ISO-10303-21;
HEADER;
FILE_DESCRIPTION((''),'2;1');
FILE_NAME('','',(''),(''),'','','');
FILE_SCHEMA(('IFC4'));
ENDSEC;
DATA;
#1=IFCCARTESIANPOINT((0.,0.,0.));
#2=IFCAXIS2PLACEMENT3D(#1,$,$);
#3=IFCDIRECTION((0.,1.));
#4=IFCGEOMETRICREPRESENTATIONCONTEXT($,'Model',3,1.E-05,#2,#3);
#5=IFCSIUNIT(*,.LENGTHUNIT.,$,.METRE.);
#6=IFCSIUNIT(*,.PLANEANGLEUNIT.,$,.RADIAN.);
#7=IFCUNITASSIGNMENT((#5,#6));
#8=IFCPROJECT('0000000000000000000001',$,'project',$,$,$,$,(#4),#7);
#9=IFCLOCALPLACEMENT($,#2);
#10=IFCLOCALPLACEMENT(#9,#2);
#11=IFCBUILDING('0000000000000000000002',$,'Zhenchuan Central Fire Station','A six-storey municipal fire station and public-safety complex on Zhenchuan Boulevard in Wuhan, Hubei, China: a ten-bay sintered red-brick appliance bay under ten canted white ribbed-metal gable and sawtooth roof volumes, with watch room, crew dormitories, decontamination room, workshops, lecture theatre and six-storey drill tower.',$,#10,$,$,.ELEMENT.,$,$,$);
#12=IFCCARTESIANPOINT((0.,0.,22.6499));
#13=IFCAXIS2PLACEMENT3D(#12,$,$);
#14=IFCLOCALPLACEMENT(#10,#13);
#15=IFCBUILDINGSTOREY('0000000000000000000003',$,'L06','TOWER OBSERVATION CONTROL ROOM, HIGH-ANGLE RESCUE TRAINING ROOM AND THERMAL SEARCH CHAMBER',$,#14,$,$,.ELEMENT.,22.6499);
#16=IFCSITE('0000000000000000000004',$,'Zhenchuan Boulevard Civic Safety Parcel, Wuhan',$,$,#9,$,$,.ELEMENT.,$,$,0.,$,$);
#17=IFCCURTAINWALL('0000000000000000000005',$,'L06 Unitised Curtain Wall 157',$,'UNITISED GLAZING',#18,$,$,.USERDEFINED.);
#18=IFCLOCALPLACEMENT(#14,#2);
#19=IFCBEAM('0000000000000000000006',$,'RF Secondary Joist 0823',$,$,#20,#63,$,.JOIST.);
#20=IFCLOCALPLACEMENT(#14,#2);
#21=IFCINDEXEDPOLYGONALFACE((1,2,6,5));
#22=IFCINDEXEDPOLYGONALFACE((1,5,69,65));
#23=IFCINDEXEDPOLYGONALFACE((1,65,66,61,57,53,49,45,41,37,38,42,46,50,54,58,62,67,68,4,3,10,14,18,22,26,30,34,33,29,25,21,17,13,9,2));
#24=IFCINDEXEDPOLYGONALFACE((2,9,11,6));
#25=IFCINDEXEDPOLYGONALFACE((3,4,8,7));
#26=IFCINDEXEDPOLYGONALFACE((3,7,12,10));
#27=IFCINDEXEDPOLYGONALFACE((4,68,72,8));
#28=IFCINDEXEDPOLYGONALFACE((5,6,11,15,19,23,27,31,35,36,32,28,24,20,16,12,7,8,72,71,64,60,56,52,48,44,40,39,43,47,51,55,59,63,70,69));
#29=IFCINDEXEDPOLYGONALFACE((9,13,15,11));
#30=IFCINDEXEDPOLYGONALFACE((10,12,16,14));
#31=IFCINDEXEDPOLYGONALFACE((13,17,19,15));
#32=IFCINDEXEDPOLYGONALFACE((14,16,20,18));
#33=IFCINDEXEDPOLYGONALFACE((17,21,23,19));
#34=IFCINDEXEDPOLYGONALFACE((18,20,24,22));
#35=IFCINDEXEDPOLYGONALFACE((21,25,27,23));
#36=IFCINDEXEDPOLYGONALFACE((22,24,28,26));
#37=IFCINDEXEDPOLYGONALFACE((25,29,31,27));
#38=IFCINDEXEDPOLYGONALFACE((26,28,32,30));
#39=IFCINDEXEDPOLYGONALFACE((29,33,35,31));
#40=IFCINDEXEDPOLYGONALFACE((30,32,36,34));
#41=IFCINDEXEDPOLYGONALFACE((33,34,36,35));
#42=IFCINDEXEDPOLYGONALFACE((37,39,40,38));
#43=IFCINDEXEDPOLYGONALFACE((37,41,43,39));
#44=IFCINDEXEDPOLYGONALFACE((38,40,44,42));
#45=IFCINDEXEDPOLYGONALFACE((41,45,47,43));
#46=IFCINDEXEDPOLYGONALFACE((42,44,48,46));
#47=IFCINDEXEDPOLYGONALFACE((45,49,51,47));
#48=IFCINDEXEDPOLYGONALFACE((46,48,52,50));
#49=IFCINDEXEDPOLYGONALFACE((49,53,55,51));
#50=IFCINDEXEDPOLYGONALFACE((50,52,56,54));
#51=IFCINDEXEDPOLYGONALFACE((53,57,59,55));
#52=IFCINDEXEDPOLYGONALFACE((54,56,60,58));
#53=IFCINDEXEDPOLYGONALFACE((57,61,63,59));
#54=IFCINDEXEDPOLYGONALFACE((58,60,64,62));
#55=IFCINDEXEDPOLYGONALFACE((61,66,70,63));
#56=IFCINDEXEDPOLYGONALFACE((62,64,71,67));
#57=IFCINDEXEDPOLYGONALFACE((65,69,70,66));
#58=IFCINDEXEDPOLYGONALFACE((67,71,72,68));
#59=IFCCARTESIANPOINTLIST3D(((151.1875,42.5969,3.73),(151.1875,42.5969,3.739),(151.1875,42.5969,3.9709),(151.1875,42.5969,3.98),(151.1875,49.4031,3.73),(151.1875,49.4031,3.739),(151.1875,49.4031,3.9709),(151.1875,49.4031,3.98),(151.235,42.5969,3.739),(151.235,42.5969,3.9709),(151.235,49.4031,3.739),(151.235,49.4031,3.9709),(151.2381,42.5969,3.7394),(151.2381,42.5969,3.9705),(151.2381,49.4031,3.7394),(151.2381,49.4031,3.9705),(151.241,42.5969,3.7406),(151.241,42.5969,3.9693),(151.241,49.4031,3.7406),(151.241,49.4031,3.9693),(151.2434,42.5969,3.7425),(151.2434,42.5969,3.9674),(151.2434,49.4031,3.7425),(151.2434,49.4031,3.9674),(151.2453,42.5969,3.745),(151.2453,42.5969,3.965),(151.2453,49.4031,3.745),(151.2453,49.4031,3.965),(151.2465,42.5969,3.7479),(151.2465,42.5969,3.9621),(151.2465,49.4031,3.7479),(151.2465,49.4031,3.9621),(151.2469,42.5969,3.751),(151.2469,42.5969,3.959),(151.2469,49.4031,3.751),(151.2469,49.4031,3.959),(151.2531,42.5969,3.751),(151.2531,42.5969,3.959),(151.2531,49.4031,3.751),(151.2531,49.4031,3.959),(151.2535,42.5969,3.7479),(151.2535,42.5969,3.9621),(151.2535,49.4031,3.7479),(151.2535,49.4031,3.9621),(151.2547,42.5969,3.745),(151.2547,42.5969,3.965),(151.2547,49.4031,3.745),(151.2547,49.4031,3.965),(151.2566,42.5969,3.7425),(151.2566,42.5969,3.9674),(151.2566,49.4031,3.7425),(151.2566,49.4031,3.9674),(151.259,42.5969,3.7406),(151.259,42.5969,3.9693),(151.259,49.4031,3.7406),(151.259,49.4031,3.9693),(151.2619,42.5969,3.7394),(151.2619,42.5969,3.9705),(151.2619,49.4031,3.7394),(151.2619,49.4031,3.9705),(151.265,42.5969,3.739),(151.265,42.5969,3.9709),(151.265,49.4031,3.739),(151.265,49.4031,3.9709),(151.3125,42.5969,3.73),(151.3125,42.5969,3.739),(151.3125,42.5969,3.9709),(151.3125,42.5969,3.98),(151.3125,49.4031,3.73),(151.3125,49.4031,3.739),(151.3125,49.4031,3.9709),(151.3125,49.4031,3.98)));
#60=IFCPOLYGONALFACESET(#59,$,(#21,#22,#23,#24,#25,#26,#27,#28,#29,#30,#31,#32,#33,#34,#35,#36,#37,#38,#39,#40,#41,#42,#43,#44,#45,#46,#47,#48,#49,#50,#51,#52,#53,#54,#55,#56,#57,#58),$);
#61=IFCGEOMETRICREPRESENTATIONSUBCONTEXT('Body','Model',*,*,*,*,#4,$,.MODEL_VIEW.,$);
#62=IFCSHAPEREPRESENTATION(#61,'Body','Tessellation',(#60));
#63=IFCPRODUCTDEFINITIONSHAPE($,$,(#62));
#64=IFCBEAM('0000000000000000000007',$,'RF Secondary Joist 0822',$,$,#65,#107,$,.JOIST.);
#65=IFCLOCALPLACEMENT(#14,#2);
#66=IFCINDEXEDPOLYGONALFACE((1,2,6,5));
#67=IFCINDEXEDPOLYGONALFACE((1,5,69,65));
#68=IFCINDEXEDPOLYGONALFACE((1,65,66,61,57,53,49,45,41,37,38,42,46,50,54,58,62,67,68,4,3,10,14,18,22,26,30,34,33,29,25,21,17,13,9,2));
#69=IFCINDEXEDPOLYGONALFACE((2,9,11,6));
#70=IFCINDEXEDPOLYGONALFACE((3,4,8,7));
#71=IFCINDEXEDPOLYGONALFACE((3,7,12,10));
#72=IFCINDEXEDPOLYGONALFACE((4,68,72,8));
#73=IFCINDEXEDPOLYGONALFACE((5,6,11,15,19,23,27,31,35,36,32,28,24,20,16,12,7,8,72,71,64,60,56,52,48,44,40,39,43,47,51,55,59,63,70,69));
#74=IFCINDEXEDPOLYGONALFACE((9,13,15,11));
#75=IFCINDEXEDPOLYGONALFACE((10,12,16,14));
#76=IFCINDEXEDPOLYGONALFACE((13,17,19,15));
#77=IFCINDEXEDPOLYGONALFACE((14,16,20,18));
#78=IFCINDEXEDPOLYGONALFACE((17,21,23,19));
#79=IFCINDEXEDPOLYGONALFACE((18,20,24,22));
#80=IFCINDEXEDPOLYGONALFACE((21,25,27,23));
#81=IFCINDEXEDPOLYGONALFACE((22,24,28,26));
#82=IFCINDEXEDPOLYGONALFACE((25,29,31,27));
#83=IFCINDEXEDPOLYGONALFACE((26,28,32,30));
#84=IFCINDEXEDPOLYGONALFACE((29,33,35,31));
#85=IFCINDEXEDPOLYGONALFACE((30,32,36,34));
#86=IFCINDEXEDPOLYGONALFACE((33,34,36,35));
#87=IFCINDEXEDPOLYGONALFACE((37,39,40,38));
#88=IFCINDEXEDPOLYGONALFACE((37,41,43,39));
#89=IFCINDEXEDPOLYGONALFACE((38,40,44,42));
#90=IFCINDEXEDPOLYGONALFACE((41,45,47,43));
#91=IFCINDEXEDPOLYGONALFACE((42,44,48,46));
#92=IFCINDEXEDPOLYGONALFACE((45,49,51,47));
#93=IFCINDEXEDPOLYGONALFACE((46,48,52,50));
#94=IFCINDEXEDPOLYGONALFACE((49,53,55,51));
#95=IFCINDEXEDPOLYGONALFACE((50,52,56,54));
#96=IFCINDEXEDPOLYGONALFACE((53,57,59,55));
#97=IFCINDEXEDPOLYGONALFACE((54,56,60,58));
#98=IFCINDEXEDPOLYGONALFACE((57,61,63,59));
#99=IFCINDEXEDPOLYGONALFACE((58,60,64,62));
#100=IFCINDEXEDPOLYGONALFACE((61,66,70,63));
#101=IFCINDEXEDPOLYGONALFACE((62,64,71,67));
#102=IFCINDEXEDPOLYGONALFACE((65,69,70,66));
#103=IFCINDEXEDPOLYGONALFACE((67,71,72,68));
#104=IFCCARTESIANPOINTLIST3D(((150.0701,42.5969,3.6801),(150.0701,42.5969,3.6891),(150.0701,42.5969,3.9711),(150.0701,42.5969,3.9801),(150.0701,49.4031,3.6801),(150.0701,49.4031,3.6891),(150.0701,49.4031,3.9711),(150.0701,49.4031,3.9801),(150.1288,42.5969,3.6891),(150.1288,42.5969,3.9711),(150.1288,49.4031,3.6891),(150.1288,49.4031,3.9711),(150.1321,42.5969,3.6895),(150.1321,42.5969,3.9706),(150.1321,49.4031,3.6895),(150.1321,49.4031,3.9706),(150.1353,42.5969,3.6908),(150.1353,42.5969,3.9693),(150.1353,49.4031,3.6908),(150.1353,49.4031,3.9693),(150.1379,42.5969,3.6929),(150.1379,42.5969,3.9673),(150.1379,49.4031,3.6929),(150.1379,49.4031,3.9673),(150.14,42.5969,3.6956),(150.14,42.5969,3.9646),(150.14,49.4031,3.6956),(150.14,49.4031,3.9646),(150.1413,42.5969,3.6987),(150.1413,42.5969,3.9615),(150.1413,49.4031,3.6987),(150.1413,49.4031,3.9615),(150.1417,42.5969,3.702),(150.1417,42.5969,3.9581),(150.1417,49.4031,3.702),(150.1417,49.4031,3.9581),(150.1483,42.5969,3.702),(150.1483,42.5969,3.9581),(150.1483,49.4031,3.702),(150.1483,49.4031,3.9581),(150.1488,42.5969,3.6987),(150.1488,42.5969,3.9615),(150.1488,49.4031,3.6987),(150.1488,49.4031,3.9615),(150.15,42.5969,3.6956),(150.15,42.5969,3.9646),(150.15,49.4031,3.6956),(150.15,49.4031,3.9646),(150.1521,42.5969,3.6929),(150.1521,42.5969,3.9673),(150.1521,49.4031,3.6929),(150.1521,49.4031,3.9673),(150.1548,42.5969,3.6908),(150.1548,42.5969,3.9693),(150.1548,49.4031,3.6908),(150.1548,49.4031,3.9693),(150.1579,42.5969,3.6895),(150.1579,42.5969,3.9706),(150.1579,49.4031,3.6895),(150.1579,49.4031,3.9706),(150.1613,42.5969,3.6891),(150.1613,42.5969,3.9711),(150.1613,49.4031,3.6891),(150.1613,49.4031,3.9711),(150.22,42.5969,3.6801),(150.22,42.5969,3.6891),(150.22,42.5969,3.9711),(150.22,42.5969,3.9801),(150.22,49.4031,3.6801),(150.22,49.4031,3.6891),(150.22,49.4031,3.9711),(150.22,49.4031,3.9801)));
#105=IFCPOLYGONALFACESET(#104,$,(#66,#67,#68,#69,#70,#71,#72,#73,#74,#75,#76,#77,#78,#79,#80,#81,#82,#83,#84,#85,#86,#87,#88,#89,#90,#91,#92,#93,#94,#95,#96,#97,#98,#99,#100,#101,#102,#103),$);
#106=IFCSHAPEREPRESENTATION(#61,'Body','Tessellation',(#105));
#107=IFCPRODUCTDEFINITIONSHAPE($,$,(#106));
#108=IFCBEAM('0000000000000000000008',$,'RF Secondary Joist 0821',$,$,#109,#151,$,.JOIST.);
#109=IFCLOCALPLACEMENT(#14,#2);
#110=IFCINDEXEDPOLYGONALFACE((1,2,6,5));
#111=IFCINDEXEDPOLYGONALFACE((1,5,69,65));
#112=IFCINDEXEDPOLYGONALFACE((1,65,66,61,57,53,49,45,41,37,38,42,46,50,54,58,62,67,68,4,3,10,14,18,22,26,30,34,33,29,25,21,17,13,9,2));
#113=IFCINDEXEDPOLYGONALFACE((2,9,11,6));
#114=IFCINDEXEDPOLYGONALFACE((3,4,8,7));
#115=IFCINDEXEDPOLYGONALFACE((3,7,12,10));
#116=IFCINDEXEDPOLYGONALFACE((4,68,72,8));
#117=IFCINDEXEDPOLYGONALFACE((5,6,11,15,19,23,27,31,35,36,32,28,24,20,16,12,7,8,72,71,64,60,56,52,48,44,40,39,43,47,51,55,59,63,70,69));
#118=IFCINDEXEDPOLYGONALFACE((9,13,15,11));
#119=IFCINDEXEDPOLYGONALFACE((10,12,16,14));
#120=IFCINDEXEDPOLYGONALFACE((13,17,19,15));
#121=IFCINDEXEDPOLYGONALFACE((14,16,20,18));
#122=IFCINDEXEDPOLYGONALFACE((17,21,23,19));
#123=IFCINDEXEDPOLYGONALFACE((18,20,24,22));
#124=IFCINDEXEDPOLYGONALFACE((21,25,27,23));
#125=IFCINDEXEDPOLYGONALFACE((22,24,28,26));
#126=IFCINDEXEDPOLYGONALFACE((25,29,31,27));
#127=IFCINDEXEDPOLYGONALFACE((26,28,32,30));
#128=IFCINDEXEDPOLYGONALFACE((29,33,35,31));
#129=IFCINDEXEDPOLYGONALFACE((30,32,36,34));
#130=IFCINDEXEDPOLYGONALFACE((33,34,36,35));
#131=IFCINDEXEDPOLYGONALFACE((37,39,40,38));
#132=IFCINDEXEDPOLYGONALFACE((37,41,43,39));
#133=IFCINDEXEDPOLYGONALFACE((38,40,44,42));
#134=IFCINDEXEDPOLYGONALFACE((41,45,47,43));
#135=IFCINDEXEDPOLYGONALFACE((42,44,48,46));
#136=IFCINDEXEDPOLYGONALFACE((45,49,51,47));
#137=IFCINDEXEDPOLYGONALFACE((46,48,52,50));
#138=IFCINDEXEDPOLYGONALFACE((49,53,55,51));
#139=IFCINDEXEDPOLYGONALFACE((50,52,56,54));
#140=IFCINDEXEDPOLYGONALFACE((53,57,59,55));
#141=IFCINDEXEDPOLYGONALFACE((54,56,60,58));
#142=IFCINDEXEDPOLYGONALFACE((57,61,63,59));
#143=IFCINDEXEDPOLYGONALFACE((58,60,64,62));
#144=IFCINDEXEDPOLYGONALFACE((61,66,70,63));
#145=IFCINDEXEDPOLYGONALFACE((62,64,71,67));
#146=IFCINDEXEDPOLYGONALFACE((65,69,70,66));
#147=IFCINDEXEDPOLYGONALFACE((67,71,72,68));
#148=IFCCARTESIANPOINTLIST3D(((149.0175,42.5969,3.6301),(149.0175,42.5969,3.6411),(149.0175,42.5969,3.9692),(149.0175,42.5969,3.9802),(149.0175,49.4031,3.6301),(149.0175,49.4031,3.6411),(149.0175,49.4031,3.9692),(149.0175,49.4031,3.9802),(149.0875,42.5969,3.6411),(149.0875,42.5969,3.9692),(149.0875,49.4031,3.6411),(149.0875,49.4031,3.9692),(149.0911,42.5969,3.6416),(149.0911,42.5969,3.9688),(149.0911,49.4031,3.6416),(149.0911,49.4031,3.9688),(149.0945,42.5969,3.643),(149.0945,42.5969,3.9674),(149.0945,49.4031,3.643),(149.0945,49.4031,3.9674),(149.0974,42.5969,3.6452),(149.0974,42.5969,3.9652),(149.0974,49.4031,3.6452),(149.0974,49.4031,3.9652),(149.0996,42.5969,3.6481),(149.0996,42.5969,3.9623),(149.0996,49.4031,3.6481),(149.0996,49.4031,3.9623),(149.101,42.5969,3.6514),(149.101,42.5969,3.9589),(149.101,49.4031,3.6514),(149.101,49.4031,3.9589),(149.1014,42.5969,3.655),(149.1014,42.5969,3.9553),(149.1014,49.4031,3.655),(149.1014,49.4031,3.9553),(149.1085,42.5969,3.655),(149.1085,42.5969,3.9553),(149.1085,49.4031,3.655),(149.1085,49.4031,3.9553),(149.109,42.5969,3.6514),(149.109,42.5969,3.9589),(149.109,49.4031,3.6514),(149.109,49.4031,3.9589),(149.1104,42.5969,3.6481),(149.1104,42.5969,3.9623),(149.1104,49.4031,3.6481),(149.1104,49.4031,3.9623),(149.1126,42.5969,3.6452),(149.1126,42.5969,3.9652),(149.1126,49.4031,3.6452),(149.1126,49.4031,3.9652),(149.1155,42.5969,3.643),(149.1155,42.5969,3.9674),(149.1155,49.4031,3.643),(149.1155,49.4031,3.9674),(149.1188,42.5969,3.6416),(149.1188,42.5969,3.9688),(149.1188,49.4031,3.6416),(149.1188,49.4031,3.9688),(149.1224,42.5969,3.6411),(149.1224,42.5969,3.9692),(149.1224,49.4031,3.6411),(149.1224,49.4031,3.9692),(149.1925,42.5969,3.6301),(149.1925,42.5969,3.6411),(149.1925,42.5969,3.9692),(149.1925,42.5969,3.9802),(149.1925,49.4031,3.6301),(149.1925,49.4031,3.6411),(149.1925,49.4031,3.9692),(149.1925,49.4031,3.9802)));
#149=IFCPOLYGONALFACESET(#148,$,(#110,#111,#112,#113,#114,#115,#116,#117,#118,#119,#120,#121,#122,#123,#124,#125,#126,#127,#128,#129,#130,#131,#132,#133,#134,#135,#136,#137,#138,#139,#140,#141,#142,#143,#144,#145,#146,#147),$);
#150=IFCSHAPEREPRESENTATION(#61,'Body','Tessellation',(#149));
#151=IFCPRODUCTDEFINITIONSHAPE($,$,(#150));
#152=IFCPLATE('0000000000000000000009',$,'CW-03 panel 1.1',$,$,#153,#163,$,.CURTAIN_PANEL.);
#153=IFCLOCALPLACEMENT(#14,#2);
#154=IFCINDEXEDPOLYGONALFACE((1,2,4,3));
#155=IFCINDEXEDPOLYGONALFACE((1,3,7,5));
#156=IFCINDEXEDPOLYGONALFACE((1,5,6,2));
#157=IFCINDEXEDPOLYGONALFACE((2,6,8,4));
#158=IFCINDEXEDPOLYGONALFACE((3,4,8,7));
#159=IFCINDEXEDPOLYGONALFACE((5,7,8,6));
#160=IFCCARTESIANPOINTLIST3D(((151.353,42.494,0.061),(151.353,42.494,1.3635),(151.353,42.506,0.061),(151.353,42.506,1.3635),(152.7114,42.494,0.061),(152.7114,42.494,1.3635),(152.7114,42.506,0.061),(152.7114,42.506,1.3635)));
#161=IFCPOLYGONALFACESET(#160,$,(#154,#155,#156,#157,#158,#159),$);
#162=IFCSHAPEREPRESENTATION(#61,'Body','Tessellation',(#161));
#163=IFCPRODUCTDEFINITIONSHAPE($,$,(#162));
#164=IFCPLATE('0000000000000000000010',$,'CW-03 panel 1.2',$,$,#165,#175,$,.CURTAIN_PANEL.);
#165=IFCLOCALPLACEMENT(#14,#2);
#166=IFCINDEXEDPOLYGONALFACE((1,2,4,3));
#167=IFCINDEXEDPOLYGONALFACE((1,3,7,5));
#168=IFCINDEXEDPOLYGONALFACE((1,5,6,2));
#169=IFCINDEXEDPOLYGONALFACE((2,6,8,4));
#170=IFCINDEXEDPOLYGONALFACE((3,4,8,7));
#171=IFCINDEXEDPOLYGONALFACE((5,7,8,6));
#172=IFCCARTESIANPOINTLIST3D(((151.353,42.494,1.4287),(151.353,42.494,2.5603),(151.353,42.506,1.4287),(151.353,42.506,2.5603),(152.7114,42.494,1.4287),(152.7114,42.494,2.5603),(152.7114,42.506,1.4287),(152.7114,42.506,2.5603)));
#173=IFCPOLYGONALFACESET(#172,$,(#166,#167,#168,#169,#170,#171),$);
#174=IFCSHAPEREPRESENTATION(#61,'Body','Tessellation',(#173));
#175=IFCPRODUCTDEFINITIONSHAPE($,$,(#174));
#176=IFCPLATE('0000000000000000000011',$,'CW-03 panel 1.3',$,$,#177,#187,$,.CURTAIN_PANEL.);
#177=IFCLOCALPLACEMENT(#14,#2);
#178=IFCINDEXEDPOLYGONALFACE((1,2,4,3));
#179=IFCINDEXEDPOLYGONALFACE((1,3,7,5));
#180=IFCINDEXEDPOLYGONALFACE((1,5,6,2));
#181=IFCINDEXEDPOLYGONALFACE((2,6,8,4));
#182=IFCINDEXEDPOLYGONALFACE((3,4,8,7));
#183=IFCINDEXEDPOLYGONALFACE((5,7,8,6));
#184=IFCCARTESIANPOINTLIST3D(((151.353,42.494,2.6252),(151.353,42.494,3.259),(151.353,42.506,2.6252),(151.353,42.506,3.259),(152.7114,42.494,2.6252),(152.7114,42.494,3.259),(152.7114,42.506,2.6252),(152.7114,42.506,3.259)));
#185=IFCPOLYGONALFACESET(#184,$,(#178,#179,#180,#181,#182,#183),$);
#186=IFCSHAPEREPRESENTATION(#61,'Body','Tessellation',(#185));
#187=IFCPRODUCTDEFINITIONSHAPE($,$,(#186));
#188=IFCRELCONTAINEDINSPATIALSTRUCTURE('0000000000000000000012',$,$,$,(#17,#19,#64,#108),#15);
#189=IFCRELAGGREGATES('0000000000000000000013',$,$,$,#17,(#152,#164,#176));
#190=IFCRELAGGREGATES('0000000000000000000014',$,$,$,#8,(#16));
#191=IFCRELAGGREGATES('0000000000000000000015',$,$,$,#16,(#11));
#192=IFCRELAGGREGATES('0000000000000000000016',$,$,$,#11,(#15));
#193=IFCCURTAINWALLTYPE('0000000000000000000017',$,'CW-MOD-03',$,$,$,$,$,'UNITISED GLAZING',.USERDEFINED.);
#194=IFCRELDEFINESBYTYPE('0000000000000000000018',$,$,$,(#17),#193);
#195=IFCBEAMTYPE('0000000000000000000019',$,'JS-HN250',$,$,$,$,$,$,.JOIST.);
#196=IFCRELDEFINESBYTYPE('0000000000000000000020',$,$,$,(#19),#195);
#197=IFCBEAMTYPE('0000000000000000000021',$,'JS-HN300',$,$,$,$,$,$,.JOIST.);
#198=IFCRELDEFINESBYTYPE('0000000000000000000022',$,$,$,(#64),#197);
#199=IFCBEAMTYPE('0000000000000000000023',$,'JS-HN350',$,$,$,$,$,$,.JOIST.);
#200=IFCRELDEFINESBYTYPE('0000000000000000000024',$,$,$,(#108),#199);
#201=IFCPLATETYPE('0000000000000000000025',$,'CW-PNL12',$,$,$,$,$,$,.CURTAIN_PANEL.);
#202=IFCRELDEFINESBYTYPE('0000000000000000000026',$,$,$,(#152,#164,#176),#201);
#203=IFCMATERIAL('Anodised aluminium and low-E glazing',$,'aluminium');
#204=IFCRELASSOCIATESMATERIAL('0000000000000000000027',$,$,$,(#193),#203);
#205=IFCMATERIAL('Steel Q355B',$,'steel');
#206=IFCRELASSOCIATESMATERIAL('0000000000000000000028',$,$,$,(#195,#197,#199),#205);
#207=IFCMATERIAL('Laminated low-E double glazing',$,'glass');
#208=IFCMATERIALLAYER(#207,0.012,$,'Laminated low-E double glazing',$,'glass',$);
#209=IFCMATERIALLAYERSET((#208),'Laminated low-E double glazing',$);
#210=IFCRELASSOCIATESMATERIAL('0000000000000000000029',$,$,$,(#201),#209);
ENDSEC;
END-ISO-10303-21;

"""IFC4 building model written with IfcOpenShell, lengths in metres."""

from ifc_helpers import new_model, si_unit, direction, frame, origin, origin_2d, place, context, subcontext, project, spatial, rectangle, i_section, extrude, material, layer, layer_set, material_profile, profile_set, type_object, element, aggregate, save


model = new_model("IFC4")

# Units and contexts
model_context = context("Model", 3, precision=1e-05, world=origin(), true_north=direction((0.0, 1.0)))
body_context = subcontext(model_context, "Body", "Model", "MODEL_VIEW")
ifc_project = project(units=[si_unit("LENGTHUNIT", "METRE"), si_unit("PLANEANGLEUNIT", "RADIAN")], contexts=[model_context])

# Site, building, storey
site_placement = place(None, origin())
site = spatial("IfcSite", under=ifc_project, at=site_placement, Name="Zhenchuan Boulevard Civic Safety Parcel, Wuhan", CompositionType="ELEMENT", RefElevation=0.0)
building_placement = place(site_placement, origin())
building = spatial("IfcBuilding", under=site, at=building_placement, Name="Zhenchuan Central Fire Station", Description="A six-storey municipal fire station and public-safety complex on Zhenchuan Boulevard in Wuhan, Hubei, China: a ten-bay sintered red-brick appliance bay under ten canted white ribbed-metal gable and sawtooth roof volumes, with watch room, crew dormitories, decontamination room, workshops, lecture theatre and six-storey drill tower.", CompositionType="ELEMENT")
storey_placement = place(building_placement, frame((0.0, 0.0, 22.6499)))
storey = spatial("IfcBuildingStorey", under=building, at=storey_placement, Name="L06", Description="TOWER OBSERVATION CONTROL ROOM, HIGH-ANGLE RESCUE TRAINING ROOM AND THERMAL SEARCH CHAMBER", CompositionType="ELEMENT", Elevation=22.6499)

# Curtain wall
ifc_material_1 = material(Name="Anodised aluminium and low-E glazing", Category="aluminium")
curtain_wall_type = type_object("IfcCurtainWallType", Name="CW-MOD-03", ElementType="UNITISED GLAZING", PredefinedType="USERDEFINED", material=ifc_material_1)
curtain_wall_placement = place(storey_placement, origin())
curtain_wall = element("IfcCurtainWall", 1, at=curtain_wall_placement, inside=storey, type_object=curtain_wall_type, Name="L06 Unitised Curtain Wall 157", ObjectType="UNITISED GLAZING", PredefinedType="USERDEFINED")

# Beams
ifc_material_2 = material(Name="Steel Q355B", Category="steel")
ifc_material_profile_1 = material_profile(ifc_material_2, i_section(OverallWidth=0.125, OverallDepth=0.25, WebThickness=0.0061, FlangeThickness=0.009, FilletRadius=0.012, at=origin_2d()), Name="HN 250x125")
ifc_profile_set_1 = profile_set([ifc_material_profile_1], Name="Steel Q355B")
beam_type_1 = type_object("IfcBeamType", Name="JS-HN250", PredefinedType="JOIST", material=ifc_profile_set_1)
beam_1_placement = place(storey_placement, frame((151.25, 42.5969, 3.855), z_axis=(0.0, 1.0, 0.0), x_axis=(-1.0, 0.0, 0.0)))
element("IfcBeam", 2, at=beam_1_placement, inside=storey, type_object=beam_type_1, Name="RF Secondary Joist 0823", PredefinedType="JOIST", context=body_context, shape_type="SweptSolid", body=[
    extrude(i_section(OverallWidth=0.125, OverallDepth=0.25, WebThickness=0.0061, FlangeThickness=0.009, FilletRadius=0.012, at=origin_2d()), origin(), (0.0, 0.0, 1.0), 6.8062),
])
ifc_material_profile_2 = material_profile(ifc_material_2, i_section(OverallWidth=0.1499, OverallDepth=0.3, WebThickness=0.0066, FlangeThickness=0.009, FilletRadius=0.0129, at=origin_2d()), Name="HN 300x150")
ifc_profile_set_2 = profile_set([ifc_material_profile_2], Name="Steel Q355B")
beam_type_2 = type_object("IfcBeamType", Name="JS-HN300", PredefinedType="JOIST", material=ifc_profile_set_2)
beam_2_placement = place(storey_placement, frame((150.145, 42.5969, 3.8301), z_axis=(0.0, 1.0, 0.0), x_axis=(-1.0, 0.0, 0.0)))
element("IfcBeam", 3, at=beam_2_placement, inside=storey, type_object=beam_type_2, Name="RF Secondary Joist 0822", PredefinedType="JOIST", context=body_context, shape_type="SweptSolid", body=[
    extrude(i_section(OverallWidth=0.1499, OverallDepth=0.3, WebThickness=0.0066, FlangeThickness=0.009, FilletRadius=0.0129, at=origin_2d()), origin(), (0.0, 0.0, 1.0), 6.8062),
])
ifc_material_profile_3 = material_profile(ifc_material_2, i_section(OverallWidth=0.175, OverallDepth=0.3501, WebThickness=0.0071, FlangeThickness=0.011, FilletRadius=0.0139, at=origin_2d()), Name="HN 350x175")
ifc_profile_set_3 = profile_set([ifc_material_profile_3], Name="Steel Q355B")
beam_type_3 = type_object("IfcBeamType", Name="JS-HN350", PredefinedType="JOIST", material=ifc_profile_set_3)
beam_3_placement = place(storey_placement, frame((149.105, 42.5969, 3.8052), z_axis=(0.0, 1.0, 0.0), x_axis=(-1.0, 0.0, 0.0)))
element("IfcBeam", 4, at=beam_3_placement, inside=storey, type_object=beam_type_3, Name="RF Secondary Joist 0821", PredefinedType="JOIST", context=body_context, shape_type="SweptSolid", body=[
    extrude(i_section(OverallWidth=0.175, OverallDepth=0.3501, WebThickness=0.0071, FlangeThickness=0.011, FilletRadius=0.0139, at=origin_2d()), origin(), (0.0, 0.0, 1.0), 6.8062),
])

# Plates
ifc_material_3 = material(Name="Laminated low-E double glazing", Category="glass")
ifc_layer_1 = layer(ifc_material_3, 0.012, Name="Laminated low-E double glazing", Category="glass")
ifc_layer_set_1 = layer_set([ifc_layer_1], Name="Laminated low-E double glazing")
plate_type = type_object("IfcPlateType", Name="CW-PNL12", PredefinedType="CURTAIN_PANEL", material=ifc_layer_set_1)
plate_1_placement = place(storey_placement, frame((152.0322, 42.5, 0.061), z_axis=(0.0, 0.0, 1.0), x_axis=(1.0, 0.0, 0.0)))
plate_1 = element("IfcPlate", 5, at=plate_1_placement, type_object=plate_type, Name="CW-03 panel 1.1", PredefinedType="CURTAIN_PANEL", context=body_context, shape_type="SweptSolid", body=[
    extrude(rectangle(XDim=1.3584, YDim=0.012, at=origin_2d()), origin(), (0.0, 0.0, 1.0), 1.3025),
])
plate_2_placement = place(storey_placement, frame((152.0322, 42.5, 1.4287), z_axis=(0.0, 0.0, 1.0), x_axis=(1.0, 0.0, 0.0)))
plate_2 = element("IfcPlate", 6, at=plate_2_placement, type_object=plate_type, Name="CW-03 panel 1.2", PredefinedType="CURTAIN_PANEL", context=body_context, shape_type="SweptSolid", body=[
    extrude(rectangle(XDim=1.3584, YDim=0.012, at=origin_2d()), origin(), (0.0, 0.0, 1.0), 1.1316),
])
plate_3_placement = place(storey_placement, frame((152.0322, 42.5, 2.6252), z_axis=(0.0, 0.0, 1.0), x_axis=(1.0, 0.0, 0.0)))
plate_3 = element("IfcPlate", 7, at=plate_3_placement, type_object=plate_type, Name="CW-03 panel 1.3", PredefinedType="CURTAIN_PANEL", context=body_context, shape_type="SweptSolid", body=[
    extrude(rectangle(XDim=1.3584, YDim=0.012, at=origin_2d()), origin(), (0.0, 0.0, 1.0), 0.6338),
])
aggregate(curtain_wall, [plate_1, plate_2, plate_3])

save(model, "model.ifc")
